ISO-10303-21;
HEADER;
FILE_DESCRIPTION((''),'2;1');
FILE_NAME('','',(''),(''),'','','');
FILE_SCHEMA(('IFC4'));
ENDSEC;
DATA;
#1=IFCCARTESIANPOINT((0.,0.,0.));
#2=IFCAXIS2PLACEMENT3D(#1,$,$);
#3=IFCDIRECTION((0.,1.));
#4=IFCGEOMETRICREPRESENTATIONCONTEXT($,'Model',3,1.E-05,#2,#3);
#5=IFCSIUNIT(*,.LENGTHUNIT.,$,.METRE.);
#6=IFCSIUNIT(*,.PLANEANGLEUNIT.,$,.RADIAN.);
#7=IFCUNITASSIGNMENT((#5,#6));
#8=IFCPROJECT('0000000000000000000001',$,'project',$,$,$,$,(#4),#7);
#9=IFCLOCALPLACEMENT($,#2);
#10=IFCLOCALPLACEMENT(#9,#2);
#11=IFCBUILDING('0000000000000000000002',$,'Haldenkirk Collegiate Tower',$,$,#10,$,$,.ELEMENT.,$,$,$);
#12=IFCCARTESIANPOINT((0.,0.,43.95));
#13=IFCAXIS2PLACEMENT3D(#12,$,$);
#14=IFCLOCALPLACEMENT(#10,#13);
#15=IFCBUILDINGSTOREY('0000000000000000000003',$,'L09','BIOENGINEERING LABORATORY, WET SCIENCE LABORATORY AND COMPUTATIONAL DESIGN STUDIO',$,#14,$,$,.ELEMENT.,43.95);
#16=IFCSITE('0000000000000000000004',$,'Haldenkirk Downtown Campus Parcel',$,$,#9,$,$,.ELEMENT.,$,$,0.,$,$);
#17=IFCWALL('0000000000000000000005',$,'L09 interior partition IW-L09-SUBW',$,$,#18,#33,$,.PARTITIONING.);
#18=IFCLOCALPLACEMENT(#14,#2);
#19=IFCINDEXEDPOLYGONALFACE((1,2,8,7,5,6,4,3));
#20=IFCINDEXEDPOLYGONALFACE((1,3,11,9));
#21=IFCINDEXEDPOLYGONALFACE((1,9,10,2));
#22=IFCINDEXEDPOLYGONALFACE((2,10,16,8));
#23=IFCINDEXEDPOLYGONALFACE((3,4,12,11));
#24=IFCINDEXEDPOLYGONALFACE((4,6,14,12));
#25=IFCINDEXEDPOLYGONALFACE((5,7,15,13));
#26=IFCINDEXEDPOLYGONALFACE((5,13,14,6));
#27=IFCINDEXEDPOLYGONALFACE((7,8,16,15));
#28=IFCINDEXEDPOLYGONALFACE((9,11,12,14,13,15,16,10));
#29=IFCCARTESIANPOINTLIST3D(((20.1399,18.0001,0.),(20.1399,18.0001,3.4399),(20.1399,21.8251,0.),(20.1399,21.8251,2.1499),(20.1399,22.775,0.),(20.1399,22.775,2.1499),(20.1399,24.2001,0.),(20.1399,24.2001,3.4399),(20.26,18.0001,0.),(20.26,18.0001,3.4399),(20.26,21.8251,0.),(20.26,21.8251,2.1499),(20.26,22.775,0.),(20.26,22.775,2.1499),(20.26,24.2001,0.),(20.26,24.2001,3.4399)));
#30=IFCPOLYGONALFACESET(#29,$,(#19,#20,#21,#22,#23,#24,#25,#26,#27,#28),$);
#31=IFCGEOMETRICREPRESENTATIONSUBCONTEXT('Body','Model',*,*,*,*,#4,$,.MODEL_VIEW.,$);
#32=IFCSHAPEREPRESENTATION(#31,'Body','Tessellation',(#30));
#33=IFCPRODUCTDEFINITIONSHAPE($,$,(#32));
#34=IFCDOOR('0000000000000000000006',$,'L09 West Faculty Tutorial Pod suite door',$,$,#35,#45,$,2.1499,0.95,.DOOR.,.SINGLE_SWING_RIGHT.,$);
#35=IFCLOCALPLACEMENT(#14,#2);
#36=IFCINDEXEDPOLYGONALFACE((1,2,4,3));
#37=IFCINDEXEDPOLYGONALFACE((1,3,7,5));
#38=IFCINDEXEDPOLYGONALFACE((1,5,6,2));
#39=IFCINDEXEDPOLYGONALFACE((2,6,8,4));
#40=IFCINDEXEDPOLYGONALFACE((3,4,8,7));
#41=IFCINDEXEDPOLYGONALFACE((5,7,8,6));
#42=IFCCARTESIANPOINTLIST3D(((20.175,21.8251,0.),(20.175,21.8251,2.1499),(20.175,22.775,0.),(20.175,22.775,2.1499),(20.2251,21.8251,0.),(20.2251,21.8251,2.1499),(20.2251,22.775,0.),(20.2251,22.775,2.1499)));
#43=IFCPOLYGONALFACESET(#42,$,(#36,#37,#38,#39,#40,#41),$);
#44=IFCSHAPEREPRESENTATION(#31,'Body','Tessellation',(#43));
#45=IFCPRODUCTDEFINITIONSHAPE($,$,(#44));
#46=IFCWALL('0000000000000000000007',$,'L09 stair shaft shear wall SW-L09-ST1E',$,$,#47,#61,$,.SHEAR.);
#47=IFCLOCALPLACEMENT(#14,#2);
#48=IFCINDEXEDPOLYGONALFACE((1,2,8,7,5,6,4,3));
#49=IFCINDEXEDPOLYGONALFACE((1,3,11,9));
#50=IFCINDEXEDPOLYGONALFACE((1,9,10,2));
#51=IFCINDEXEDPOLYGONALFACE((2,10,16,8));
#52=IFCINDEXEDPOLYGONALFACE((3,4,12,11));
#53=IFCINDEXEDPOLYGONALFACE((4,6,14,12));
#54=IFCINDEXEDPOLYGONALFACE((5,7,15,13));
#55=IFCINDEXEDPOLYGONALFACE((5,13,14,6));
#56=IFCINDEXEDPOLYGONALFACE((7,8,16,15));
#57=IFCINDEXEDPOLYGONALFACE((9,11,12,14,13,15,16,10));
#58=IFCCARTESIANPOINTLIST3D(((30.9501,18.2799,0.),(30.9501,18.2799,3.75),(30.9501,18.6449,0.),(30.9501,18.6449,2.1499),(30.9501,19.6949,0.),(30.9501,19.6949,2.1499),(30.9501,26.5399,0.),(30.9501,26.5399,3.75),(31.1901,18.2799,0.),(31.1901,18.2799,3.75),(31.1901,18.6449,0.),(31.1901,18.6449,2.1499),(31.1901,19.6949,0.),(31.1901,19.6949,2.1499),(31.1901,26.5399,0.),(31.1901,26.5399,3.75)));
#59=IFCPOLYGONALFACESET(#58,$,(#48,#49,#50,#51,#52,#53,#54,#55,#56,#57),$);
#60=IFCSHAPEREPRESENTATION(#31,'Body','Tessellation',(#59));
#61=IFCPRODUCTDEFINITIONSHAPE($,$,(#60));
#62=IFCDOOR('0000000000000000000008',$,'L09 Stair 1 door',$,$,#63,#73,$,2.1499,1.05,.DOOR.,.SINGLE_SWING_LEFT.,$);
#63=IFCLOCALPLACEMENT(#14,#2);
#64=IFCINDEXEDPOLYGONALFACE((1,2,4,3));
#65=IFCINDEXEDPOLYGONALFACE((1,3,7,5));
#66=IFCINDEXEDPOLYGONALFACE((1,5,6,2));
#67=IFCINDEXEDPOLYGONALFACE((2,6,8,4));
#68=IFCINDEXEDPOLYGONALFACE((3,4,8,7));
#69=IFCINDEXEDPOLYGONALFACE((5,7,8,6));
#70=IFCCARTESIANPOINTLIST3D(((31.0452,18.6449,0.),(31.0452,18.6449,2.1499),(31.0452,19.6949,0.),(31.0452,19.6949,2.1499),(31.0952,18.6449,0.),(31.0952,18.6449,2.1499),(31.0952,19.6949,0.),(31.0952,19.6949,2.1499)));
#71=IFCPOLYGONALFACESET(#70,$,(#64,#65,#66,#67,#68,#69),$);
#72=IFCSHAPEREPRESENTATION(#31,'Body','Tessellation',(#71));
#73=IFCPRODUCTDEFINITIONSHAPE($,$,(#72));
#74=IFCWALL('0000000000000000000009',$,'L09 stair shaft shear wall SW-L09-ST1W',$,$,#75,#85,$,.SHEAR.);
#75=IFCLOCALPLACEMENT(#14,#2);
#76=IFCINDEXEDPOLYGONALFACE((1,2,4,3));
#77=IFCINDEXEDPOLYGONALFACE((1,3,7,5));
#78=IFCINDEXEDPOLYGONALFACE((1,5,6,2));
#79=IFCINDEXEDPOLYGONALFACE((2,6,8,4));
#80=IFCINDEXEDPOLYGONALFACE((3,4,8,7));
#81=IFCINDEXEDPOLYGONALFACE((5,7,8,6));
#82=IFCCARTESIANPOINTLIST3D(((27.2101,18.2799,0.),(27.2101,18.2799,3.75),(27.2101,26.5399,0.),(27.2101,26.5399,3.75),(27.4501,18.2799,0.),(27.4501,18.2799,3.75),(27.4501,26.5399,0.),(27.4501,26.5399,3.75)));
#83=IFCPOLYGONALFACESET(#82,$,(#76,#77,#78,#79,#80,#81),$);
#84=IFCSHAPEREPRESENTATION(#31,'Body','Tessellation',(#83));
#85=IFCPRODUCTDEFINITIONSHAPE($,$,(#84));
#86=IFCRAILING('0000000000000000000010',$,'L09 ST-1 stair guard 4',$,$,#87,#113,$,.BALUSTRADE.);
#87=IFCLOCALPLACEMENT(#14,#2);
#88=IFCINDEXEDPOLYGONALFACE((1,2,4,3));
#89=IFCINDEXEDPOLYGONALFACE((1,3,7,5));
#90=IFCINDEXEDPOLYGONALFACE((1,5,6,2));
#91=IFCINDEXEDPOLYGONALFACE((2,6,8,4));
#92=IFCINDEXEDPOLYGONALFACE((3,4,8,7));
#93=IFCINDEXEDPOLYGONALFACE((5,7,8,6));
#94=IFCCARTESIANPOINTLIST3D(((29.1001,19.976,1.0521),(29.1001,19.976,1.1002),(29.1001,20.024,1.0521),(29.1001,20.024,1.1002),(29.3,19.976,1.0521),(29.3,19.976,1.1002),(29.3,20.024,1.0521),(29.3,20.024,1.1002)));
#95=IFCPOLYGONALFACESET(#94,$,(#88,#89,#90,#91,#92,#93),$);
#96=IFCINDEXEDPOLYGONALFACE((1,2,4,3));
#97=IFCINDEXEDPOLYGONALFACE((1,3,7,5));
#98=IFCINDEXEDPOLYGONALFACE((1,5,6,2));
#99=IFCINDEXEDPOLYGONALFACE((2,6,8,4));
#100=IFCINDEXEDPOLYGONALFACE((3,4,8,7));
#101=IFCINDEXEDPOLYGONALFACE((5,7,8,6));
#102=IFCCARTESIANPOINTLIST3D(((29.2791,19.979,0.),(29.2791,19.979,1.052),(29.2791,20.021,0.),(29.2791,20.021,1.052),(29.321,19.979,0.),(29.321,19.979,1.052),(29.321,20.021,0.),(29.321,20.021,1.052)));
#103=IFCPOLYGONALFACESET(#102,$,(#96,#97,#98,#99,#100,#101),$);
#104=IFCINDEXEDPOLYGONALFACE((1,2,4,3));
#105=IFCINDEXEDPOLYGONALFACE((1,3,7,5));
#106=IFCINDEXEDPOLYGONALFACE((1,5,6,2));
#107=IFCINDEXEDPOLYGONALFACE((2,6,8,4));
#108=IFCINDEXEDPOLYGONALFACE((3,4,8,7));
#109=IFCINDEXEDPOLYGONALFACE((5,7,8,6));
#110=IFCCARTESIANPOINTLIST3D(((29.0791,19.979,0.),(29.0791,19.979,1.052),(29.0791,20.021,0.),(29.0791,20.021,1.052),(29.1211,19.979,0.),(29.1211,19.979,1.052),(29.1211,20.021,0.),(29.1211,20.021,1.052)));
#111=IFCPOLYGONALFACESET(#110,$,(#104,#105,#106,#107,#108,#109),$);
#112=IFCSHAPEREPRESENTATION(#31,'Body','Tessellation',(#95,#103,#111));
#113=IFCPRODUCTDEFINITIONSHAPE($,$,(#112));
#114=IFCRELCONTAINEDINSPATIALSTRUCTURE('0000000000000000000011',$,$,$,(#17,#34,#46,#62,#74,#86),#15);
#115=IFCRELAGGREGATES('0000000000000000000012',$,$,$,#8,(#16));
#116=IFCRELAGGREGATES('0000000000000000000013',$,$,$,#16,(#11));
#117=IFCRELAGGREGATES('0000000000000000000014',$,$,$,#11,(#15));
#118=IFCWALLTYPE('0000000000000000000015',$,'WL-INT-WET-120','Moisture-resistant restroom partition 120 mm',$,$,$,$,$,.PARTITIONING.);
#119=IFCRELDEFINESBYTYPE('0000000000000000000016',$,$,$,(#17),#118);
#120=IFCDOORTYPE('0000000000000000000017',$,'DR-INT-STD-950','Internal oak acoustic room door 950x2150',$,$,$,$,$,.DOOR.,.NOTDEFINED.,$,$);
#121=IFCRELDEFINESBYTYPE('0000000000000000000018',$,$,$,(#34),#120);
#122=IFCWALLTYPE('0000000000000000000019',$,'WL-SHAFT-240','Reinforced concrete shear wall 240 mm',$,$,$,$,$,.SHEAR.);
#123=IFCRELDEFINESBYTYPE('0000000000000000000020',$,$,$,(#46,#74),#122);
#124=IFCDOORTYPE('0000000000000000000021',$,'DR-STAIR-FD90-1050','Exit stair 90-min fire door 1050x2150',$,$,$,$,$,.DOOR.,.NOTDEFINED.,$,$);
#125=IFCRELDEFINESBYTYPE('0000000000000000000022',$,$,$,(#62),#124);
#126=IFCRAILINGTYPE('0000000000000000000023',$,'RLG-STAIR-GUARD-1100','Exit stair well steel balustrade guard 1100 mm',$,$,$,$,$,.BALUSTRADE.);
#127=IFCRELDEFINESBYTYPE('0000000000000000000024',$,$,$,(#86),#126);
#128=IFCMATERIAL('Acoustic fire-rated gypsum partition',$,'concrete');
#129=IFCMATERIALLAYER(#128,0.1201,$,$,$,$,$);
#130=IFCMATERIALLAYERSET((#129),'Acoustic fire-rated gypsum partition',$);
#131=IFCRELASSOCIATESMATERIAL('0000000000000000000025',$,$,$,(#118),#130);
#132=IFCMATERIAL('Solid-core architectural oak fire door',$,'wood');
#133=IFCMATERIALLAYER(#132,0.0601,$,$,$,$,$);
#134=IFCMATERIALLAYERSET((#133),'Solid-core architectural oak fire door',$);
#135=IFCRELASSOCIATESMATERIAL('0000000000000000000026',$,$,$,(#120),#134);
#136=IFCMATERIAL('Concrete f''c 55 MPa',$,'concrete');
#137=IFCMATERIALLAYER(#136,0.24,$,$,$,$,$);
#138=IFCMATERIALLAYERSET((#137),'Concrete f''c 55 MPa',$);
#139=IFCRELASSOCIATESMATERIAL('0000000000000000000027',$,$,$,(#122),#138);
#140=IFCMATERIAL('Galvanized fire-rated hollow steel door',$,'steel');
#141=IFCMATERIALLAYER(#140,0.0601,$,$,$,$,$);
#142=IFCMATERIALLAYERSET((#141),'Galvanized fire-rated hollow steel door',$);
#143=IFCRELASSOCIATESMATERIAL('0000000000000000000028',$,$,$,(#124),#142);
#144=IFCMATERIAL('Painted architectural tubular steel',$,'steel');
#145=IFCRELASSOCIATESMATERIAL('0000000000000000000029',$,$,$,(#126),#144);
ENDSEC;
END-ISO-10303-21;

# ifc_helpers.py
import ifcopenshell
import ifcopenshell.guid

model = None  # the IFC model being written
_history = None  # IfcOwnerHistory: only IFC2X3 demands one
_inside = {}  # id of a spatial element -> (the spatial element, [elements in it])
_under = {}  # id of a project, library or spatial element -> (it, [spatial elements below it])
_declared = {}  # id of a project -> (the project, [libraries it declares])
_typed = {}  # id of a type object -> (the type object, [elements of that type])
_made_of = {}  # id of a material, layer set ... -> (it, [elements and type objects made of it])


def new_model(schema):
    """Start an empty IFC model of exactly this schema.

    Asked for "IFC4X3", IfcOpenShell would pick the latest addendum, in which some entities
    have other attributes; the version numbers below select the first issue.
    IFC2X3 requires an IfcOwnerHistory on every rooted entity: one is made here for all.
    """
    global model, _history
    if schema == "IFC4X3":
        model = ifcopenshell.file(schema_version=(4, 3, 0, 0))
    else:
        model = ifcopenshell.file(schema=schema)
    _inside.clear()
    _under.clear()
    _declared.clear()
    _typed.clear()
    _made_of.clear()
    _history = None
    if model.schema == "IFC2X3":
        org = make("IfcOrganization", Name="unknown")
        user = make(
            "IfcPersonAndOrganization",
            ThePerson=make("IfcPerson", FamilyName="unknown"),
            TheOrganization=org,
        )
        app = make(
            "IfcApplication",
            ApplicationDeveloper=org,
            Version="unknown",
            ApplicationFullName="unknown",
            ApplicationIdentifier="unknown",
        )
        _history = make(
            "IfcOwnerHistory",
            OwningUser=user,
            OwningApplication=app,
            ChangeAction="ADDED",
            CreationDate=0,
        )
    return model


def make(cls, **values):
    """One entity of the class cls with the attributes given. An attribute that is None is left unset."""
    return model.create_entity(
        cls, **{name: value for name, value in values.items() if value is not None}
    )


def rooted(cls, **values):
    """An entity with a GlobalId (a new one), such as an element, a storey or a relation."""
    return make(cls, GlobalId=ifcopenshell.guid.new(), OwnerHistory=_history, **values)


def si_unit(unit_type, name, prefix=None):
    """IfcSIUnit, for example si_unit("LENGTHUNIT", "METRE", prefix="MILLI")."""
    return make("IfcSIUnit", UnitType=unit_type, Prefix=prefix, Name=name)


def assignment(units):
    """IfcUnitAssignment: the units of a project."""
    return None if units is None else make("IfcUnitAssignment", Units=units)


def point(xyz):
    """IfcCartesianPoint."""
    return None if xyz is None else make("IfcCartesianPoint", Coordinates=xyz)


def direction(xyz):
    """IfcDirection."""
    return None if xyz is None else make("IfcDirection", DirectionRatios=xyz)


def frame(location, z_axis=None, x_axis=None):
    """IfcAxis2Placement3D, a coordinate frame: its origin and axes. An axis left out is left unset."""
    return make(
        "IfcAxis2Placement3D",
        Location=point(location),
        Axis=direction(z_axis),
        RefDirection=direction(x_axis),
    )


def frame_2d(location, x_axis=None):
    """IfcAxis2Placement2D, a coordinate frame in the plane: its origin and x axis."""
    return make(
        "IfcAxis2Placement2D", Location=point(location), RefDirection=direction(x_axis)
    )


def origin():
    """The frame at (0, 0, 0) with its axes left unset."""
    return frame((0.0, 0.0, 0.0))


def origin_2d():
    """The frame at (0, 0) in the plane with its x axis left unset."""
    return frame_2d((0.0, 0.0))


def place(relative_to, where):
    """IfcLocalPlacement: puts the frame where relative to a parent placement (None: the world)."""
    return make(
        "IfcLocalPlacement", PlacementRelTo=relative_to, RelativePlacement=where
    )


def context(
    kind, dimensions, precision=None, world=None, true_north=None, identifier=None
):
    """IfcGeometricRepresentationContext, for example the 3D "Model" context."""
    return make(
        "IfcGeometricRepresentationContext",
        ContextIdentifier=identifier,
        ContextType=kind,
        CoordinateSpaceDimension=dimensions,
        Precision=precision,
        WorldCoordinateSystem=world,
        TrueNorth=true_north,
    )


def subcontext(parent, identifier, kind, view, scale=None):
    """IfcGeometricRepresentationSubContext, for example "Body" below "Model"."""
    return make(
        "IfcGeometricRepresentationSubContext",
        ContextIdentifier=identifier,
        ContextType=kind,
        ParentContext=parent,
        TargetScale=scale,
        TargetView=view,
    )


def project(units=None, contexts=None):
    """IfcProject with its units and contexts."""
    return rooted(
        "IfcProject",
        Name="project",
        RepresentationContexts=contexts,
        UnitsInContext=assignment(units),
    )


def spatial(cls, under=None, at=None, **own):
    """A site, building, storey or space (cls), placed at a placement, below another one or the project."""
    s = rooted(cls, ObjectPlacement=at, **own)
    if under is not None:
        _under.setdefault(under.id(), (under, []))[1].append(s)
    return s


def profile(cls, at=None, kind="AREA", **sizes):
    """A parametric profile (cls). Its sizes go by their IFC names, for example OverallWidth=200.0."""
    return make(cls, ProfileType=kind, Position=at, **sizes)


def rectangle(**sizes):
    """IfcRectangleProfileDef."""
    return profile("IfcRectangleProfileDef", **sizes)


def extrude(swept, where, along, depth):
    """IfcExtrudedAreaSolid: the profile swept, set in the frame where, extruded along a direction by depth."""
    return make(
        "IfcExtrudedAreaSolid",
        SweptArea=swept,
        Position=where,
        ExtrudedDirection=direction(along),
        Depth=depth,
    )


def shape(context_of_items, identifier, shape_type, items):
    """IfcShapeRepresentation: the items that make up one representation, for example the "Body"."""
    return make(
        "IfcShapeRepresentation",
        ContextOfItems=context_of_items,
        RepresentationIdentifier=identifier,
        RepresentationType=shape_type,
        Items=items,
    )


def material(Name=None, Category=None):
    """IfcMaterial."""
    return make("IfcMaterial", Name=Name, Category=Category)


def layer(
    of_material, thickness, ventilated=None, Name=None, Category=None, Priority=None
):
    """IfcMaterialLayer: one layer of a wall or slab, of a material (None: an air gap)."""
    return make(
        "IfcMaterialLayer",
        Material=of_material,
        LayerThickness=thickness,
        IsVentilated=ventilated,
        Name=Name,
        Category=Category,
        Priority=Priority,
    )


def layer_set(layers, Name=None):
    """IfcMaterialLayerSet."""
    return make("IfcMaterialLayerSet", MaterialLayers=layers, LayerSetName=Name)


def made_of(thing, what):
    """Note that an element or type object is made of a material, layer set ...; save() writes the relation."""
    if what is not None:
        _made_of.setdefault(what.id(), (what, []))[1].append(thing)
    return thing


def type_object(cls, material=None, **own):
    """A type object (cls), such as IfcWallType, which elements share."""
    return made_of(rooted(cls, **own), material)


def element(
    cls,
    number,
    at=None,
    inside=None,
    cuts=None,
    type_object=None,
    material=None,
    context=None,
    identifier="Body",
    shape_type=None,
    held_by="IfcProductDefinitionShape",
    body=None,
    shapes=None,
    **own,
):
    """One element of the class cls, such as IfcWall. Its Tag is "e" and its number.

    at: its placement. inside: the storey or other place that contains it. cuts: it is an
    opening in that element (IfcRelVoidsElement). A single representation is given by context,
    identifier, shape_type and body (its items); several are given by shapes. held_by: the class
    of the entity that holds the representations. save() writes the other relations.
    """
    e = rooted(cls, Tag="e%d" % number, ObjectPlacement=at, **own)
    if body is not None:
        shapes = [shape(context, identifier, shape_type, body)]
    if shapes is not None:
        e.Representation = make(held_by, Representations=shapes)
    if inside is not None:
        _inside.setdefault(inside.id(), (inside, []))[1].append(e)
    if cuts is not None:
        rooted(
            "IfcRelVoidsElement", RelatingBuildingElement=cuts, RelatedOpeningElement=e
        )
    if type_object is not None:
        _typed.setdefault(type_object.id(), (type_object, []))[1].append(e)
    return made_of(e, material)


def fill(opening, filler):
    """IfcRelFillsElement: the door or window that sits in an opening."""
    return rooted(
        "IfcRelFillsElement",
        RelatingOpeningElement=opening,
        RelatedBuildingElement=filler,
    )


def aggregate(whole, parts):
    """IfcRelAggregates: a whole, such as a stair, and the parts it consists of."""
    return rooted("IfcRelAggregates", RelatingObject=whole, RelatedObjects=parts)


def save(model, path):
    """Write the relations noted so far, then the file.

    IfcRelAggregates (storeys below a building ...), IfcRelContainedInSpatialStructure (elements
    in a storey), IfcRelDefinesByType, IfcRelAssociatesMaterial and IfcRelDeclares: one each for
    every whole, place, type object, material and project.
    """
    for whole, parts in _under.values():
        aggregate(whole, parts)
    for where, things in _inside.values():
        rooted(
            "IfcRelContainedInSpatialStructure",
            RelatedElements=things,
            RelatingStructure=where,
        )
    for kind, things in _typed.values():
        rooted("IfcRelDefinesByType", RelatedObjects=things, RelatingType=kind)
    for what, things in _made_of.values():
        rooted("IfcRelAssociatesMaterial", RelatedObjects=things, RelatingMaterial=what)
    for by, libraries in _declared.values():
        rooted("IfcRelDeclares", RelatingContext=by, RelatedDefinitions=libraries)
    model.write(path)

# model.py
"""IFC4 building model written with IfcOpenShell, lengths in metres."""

from ifc_helpers import new_model, si_unit, direction, frame, frame_2d, origin, origin_2d, place, context, subcontext, project, spatial, rectangle, extrude, material, layer, layer_set, type_object, element, fill, save


model = new_model("IFC4")

# Units and contexts
model_context = context("Model", 3, precision=1e-05, world=origin(), true_north=direction((0.0, 1.0)))
body_context = subcontext(model_context, "Body", "Model", "MODEL_VIEW")
ifc_project = project(units=[si_unit("LENGTHUNIT", "METRE"), si_unit("PLANEANGLEUNIT", "RADIAN")], contexts=[model_context])

# Site, building, storey
site_placement = place(None, origin())
site = spatial("IfcSite", under=ifc_project, at=site_placement, Name="Haldenkirk Downtown Campus Parcel", CompositionType="ELEMENT", RefElevation=0.0)
building_placement = place(site_placement, origin())
building = spatial("IfcBuilding", under=site, at=building_placement, Name="Haldenkirk Collegiate Tower", CompositionType="ELEMENT")
storey_placement = place(building_placement, frame((0.0, 0.0, 43.95)))
storey = spatial("IfcBuildingStorey", under=building, at=storey_placement, Name="L09", Description="BIOENGINEERING LABORATORY, WET SCIENCE LABORATORY AND COMPUTATIONAL DESIGN STUDIO", CompositionType="ELEMENT", Elevation=43.95)

# Shared definitions
ifc_material_1 = material(Name="Galvanized fire-rated hollow steel door", Category="steel")

# Shared definitions
ifc_material_2 = material(Name="Acoustic fire-rated gypsum partition", Category="concrete")
ifc_material_3 = material(Name="Solid-core architectural oak fire door", Category="wood")

# Shared definitions
ifc_layer_1 = layer(ifc_material_2, 0.1201)
ifc_layer_set_1 = layer_set([ifc_layer_1], Name="Acoustic fire-rated gypsum partition")
wall_type_1 = type_object("IfcWallType", Name="WL-INT-WET-120", Description="Moisture-resistant restroom partition 120 mm", PredefinedType="PARTITIONING", material=ifc_layer_set_1)

# Walls, openings, doors
wall_1_placement = place(storey_placement, frame((20.2, 18.0, 0.0), z_axis=(0.0, 0.0, 1.0), x_axis=(0.0, 1.0, 0.0)))
wall_1 = element("IfcWall", 1, at=wall_1_placement, inside=storey, type_object=wall_type_1, Name="L09 interior partition IW-L09-SUBW", PredefinedType="PARTITIONING", context=body_context, shape_type="SweptSolid", body=[
    extrude(rectangle(XDim=6.2, YDim=0.1201, at=frame_2d((3.1001, 0.0))), origin(), (0.0, 0.0, 1.0), 3.4399),
])
opening_1_placement = place(wall_1_placement, frame((3.825, 0.0, 0.0)))
opening_1 = element("IfcOpeningElement", 2, at=opening_1_placement, cuts=wall_1, PredefinedType="OPENING", context=body_context, shape_type="SweptSolid", body=[
    extrude(rectangle(XDim=0.95, YDim=2.1499, at=frame_2d((0.4751, 1.075))), frame((0.0, 0.0701, 0.0), z_axis=(0.0, -1.0, 0.0), x_axis=(1.0, 0.0, 0.0)), (0.0, 0.0, 1.0), 0.1401),
])
ifc_layer_2 = layer(ifc_material_3, 0.0601)
ifc_layer_set_2 = layer_set([ifc_layer_2], Name="Solid-core architectural oak fire door")
door_type_1 = type_object("IfcDoorType", Name="DR-INT-STD-950", Description="Internal oak acoustic room door 950x2150", OperationType="NOTDEFINED", PredefinedType="DOOR", material=ifc_layer_set_2)
door_1_placement = place(opening_1_placement, origin())
door_1 = element("IfcDoor", 3, at=door_1_placement, inside=storey, type_object=door_type_1, Name="L09 West Faculty Tutorial Pod suite door", OperationType="SINGLE_SWING_RIGHT", OverallHeight=2.1499, OverallWidth=0.95, PredefinedType="DOOR", context=body_context, shape_type="SweptSolid", body=[
    extrude(rectangle(XDim=0.95, YDim=2.1499, at=frame_2d((0.4751, 1.075))), frame((0.0, 0.0249, 0.0), z_axis=(0.0, -1.0, 0.0), x_axis=(1.0, 0.0, 0.0)), (0.0, 0.0, 1.0), 0.05),
])
fill(opening_1, door_1)
ifc_material_4 = material(Name="Concrete f'c 55 MPa", Category="concrete")
ifc_layer_3 = layer(ifc_material_4, 0.24)
ifc_layer_set_3 = layer_set([ifc_layer_3], Name="Concrete f'c 55 MPa")
wall_type_2 = type_object("IfcWallType", Name="WL-SHAFT-240", Description="Reinforced concrete shear wall 240 mm", PredefinedType="SHEAR", material=ifc_layer_set_3)
wall_2_placement = place(storey_placement, frame((31.0701, 18.28, 0.0), z_axis=(0.0, 0.0, 1.0), x_axis=(0.0, 1.0, 0.0)))
wall_2 = element("IfcWall", 4, at=wall_2_placement, inside=storey, type_object=wall_type_2, Name="L09 stair shaft shear wall SW-L09-ST1E", PredefinedType="SHEAR", context=body_context, shape_type="SweptSolid", body=[
    extrude(rectangle(XDim=8.26, YDim=0.24, at=frame_2d((4.1299, 0.0))), origin(), (0.0, 0.0, 1.0), 3.75),
])
opening_2_placement = place(wall_2_placement, frame((0.365, 0.0, 0.0)))
opening_2 = element("IfcOpeningElement", 5, at=opening_2_placement, cuts=wall_2, PredefinedType="OPENING", context=body_context, shape_type="SweptSolid", body=[
    extrude(rectangle(XDim=1.05, YDim=2.1499, at=frame_2d((0.5249, 1.075))), frame((0.0, 0.1299, 0.0), z_axis=(0.0, -1.0, 0.0), x_axis=(1.0, 0.0, 0.0)), (0.0, 0.0, 1.0), 0.26),
])
ifc_layer_4 = layer(ifc_material_1, 0.0601)
ifc_layer_set_4 = layer_set([ifc_layer_4], Name="Galvanized fire-rated hollow steel door")
door_type_2 = type_object("IfcDoorType", Name="DR-STAIR-FD90-1050", Description="Exit stair 90-min fire door 1050x2150", OperationType="NOTDEFINED", PredefinedType="DOOR", material=ifc_layer_set_4)
door_2_placement = place(opening_2_placement, origin())
door_2 = element("IfcDoor", 6, at=door_2_placement, inside=storey, type_object=door_type_2, Name="L09 Stair 1 door", OperationType="SINGLE_SWING_LEFT", OverallHeight=2.1499, OverallWidth=1.05, PredefinedType="DOOR", context=body_context, shape_type="SweptSolid", body=[
    extrude(rectangle(XDim=1.05, YDim=2.1499, at=frame_2d((0.5249, 1.075))), frame((0.0, 0.0249, 0.0), z_axis=(0.0, -1.0, 0.0), x_axis=(1.0, 0.0, 0.0)), (0.0, 0.0, 1.0), 0.05),
])
fill(opening_2, door_2)

# Wall
wall_3_placement = place(storey_placement, frame((27.3301, 18.28, 0.0), z_axis=(0.0, 0.0, 1.0), x_axis=(0.0, 1.0, 0.0)))
element("IfcWall", 7, at=wall_3_placement, inside=storey, type_object=wall_type_2, Name="L09 stair shaft shear wall SW-L09-ST1W", PredefinedType="SHEAR", context=body_context, shape_type="SweptSolid", body=[
    extrude(rectangle(XDim=8.26, YDim=0.24, at=frame_2d((4.1299, 0.0))), origin(), (0.0, 0.0, 1.0), 3.75),
])

# Railing
ifc_material_5 = material(Name="Painted architectural tubular steel", Category="steel")
railing_type = type_object("IfcRailingType", Name="RLG-STAIR-GUARD-1100", Description="Exit stair well steel balustrade guard 1100 mm", PredefinedType="BALUSTRADE", material=ifc_material_5)
railing_placement = place(storey_placement, frame((29.3, 20.0, 0.0)))
element("IfcRailing", 8, at=railing_placement, inside=storey, type_object=railing_type, Name="L09 ST-1 stair guard 4", PredefinedType="BALUSTRADE", context=body_context, shape_type="SweptSolid", body=[
    extrude(rectangle(XDim=0.0481, YDim=0.0481, at=origin_2d()), frame((0.0, 0.0, 1.0762), z_axis=(-1.0, 0.0, 0.0), x_axis=(0.0, -1.0, 0.0)), (0.0, 0.0, 1.0), 0.2),
    extrude(rectangle(XDim=0.042, YDim=0.042, at=origin_2d()), origin(), (0.0, 0.0, 1.0), 1.052),
    extrude(rectangle(XDim=0.042, YDim=0.042, at=origin_2d()), frame((-0.2, 0.0, 0.0)), (0.0, 0.0, 1.0), 1.052),
])

save(model, "model.ifc")
